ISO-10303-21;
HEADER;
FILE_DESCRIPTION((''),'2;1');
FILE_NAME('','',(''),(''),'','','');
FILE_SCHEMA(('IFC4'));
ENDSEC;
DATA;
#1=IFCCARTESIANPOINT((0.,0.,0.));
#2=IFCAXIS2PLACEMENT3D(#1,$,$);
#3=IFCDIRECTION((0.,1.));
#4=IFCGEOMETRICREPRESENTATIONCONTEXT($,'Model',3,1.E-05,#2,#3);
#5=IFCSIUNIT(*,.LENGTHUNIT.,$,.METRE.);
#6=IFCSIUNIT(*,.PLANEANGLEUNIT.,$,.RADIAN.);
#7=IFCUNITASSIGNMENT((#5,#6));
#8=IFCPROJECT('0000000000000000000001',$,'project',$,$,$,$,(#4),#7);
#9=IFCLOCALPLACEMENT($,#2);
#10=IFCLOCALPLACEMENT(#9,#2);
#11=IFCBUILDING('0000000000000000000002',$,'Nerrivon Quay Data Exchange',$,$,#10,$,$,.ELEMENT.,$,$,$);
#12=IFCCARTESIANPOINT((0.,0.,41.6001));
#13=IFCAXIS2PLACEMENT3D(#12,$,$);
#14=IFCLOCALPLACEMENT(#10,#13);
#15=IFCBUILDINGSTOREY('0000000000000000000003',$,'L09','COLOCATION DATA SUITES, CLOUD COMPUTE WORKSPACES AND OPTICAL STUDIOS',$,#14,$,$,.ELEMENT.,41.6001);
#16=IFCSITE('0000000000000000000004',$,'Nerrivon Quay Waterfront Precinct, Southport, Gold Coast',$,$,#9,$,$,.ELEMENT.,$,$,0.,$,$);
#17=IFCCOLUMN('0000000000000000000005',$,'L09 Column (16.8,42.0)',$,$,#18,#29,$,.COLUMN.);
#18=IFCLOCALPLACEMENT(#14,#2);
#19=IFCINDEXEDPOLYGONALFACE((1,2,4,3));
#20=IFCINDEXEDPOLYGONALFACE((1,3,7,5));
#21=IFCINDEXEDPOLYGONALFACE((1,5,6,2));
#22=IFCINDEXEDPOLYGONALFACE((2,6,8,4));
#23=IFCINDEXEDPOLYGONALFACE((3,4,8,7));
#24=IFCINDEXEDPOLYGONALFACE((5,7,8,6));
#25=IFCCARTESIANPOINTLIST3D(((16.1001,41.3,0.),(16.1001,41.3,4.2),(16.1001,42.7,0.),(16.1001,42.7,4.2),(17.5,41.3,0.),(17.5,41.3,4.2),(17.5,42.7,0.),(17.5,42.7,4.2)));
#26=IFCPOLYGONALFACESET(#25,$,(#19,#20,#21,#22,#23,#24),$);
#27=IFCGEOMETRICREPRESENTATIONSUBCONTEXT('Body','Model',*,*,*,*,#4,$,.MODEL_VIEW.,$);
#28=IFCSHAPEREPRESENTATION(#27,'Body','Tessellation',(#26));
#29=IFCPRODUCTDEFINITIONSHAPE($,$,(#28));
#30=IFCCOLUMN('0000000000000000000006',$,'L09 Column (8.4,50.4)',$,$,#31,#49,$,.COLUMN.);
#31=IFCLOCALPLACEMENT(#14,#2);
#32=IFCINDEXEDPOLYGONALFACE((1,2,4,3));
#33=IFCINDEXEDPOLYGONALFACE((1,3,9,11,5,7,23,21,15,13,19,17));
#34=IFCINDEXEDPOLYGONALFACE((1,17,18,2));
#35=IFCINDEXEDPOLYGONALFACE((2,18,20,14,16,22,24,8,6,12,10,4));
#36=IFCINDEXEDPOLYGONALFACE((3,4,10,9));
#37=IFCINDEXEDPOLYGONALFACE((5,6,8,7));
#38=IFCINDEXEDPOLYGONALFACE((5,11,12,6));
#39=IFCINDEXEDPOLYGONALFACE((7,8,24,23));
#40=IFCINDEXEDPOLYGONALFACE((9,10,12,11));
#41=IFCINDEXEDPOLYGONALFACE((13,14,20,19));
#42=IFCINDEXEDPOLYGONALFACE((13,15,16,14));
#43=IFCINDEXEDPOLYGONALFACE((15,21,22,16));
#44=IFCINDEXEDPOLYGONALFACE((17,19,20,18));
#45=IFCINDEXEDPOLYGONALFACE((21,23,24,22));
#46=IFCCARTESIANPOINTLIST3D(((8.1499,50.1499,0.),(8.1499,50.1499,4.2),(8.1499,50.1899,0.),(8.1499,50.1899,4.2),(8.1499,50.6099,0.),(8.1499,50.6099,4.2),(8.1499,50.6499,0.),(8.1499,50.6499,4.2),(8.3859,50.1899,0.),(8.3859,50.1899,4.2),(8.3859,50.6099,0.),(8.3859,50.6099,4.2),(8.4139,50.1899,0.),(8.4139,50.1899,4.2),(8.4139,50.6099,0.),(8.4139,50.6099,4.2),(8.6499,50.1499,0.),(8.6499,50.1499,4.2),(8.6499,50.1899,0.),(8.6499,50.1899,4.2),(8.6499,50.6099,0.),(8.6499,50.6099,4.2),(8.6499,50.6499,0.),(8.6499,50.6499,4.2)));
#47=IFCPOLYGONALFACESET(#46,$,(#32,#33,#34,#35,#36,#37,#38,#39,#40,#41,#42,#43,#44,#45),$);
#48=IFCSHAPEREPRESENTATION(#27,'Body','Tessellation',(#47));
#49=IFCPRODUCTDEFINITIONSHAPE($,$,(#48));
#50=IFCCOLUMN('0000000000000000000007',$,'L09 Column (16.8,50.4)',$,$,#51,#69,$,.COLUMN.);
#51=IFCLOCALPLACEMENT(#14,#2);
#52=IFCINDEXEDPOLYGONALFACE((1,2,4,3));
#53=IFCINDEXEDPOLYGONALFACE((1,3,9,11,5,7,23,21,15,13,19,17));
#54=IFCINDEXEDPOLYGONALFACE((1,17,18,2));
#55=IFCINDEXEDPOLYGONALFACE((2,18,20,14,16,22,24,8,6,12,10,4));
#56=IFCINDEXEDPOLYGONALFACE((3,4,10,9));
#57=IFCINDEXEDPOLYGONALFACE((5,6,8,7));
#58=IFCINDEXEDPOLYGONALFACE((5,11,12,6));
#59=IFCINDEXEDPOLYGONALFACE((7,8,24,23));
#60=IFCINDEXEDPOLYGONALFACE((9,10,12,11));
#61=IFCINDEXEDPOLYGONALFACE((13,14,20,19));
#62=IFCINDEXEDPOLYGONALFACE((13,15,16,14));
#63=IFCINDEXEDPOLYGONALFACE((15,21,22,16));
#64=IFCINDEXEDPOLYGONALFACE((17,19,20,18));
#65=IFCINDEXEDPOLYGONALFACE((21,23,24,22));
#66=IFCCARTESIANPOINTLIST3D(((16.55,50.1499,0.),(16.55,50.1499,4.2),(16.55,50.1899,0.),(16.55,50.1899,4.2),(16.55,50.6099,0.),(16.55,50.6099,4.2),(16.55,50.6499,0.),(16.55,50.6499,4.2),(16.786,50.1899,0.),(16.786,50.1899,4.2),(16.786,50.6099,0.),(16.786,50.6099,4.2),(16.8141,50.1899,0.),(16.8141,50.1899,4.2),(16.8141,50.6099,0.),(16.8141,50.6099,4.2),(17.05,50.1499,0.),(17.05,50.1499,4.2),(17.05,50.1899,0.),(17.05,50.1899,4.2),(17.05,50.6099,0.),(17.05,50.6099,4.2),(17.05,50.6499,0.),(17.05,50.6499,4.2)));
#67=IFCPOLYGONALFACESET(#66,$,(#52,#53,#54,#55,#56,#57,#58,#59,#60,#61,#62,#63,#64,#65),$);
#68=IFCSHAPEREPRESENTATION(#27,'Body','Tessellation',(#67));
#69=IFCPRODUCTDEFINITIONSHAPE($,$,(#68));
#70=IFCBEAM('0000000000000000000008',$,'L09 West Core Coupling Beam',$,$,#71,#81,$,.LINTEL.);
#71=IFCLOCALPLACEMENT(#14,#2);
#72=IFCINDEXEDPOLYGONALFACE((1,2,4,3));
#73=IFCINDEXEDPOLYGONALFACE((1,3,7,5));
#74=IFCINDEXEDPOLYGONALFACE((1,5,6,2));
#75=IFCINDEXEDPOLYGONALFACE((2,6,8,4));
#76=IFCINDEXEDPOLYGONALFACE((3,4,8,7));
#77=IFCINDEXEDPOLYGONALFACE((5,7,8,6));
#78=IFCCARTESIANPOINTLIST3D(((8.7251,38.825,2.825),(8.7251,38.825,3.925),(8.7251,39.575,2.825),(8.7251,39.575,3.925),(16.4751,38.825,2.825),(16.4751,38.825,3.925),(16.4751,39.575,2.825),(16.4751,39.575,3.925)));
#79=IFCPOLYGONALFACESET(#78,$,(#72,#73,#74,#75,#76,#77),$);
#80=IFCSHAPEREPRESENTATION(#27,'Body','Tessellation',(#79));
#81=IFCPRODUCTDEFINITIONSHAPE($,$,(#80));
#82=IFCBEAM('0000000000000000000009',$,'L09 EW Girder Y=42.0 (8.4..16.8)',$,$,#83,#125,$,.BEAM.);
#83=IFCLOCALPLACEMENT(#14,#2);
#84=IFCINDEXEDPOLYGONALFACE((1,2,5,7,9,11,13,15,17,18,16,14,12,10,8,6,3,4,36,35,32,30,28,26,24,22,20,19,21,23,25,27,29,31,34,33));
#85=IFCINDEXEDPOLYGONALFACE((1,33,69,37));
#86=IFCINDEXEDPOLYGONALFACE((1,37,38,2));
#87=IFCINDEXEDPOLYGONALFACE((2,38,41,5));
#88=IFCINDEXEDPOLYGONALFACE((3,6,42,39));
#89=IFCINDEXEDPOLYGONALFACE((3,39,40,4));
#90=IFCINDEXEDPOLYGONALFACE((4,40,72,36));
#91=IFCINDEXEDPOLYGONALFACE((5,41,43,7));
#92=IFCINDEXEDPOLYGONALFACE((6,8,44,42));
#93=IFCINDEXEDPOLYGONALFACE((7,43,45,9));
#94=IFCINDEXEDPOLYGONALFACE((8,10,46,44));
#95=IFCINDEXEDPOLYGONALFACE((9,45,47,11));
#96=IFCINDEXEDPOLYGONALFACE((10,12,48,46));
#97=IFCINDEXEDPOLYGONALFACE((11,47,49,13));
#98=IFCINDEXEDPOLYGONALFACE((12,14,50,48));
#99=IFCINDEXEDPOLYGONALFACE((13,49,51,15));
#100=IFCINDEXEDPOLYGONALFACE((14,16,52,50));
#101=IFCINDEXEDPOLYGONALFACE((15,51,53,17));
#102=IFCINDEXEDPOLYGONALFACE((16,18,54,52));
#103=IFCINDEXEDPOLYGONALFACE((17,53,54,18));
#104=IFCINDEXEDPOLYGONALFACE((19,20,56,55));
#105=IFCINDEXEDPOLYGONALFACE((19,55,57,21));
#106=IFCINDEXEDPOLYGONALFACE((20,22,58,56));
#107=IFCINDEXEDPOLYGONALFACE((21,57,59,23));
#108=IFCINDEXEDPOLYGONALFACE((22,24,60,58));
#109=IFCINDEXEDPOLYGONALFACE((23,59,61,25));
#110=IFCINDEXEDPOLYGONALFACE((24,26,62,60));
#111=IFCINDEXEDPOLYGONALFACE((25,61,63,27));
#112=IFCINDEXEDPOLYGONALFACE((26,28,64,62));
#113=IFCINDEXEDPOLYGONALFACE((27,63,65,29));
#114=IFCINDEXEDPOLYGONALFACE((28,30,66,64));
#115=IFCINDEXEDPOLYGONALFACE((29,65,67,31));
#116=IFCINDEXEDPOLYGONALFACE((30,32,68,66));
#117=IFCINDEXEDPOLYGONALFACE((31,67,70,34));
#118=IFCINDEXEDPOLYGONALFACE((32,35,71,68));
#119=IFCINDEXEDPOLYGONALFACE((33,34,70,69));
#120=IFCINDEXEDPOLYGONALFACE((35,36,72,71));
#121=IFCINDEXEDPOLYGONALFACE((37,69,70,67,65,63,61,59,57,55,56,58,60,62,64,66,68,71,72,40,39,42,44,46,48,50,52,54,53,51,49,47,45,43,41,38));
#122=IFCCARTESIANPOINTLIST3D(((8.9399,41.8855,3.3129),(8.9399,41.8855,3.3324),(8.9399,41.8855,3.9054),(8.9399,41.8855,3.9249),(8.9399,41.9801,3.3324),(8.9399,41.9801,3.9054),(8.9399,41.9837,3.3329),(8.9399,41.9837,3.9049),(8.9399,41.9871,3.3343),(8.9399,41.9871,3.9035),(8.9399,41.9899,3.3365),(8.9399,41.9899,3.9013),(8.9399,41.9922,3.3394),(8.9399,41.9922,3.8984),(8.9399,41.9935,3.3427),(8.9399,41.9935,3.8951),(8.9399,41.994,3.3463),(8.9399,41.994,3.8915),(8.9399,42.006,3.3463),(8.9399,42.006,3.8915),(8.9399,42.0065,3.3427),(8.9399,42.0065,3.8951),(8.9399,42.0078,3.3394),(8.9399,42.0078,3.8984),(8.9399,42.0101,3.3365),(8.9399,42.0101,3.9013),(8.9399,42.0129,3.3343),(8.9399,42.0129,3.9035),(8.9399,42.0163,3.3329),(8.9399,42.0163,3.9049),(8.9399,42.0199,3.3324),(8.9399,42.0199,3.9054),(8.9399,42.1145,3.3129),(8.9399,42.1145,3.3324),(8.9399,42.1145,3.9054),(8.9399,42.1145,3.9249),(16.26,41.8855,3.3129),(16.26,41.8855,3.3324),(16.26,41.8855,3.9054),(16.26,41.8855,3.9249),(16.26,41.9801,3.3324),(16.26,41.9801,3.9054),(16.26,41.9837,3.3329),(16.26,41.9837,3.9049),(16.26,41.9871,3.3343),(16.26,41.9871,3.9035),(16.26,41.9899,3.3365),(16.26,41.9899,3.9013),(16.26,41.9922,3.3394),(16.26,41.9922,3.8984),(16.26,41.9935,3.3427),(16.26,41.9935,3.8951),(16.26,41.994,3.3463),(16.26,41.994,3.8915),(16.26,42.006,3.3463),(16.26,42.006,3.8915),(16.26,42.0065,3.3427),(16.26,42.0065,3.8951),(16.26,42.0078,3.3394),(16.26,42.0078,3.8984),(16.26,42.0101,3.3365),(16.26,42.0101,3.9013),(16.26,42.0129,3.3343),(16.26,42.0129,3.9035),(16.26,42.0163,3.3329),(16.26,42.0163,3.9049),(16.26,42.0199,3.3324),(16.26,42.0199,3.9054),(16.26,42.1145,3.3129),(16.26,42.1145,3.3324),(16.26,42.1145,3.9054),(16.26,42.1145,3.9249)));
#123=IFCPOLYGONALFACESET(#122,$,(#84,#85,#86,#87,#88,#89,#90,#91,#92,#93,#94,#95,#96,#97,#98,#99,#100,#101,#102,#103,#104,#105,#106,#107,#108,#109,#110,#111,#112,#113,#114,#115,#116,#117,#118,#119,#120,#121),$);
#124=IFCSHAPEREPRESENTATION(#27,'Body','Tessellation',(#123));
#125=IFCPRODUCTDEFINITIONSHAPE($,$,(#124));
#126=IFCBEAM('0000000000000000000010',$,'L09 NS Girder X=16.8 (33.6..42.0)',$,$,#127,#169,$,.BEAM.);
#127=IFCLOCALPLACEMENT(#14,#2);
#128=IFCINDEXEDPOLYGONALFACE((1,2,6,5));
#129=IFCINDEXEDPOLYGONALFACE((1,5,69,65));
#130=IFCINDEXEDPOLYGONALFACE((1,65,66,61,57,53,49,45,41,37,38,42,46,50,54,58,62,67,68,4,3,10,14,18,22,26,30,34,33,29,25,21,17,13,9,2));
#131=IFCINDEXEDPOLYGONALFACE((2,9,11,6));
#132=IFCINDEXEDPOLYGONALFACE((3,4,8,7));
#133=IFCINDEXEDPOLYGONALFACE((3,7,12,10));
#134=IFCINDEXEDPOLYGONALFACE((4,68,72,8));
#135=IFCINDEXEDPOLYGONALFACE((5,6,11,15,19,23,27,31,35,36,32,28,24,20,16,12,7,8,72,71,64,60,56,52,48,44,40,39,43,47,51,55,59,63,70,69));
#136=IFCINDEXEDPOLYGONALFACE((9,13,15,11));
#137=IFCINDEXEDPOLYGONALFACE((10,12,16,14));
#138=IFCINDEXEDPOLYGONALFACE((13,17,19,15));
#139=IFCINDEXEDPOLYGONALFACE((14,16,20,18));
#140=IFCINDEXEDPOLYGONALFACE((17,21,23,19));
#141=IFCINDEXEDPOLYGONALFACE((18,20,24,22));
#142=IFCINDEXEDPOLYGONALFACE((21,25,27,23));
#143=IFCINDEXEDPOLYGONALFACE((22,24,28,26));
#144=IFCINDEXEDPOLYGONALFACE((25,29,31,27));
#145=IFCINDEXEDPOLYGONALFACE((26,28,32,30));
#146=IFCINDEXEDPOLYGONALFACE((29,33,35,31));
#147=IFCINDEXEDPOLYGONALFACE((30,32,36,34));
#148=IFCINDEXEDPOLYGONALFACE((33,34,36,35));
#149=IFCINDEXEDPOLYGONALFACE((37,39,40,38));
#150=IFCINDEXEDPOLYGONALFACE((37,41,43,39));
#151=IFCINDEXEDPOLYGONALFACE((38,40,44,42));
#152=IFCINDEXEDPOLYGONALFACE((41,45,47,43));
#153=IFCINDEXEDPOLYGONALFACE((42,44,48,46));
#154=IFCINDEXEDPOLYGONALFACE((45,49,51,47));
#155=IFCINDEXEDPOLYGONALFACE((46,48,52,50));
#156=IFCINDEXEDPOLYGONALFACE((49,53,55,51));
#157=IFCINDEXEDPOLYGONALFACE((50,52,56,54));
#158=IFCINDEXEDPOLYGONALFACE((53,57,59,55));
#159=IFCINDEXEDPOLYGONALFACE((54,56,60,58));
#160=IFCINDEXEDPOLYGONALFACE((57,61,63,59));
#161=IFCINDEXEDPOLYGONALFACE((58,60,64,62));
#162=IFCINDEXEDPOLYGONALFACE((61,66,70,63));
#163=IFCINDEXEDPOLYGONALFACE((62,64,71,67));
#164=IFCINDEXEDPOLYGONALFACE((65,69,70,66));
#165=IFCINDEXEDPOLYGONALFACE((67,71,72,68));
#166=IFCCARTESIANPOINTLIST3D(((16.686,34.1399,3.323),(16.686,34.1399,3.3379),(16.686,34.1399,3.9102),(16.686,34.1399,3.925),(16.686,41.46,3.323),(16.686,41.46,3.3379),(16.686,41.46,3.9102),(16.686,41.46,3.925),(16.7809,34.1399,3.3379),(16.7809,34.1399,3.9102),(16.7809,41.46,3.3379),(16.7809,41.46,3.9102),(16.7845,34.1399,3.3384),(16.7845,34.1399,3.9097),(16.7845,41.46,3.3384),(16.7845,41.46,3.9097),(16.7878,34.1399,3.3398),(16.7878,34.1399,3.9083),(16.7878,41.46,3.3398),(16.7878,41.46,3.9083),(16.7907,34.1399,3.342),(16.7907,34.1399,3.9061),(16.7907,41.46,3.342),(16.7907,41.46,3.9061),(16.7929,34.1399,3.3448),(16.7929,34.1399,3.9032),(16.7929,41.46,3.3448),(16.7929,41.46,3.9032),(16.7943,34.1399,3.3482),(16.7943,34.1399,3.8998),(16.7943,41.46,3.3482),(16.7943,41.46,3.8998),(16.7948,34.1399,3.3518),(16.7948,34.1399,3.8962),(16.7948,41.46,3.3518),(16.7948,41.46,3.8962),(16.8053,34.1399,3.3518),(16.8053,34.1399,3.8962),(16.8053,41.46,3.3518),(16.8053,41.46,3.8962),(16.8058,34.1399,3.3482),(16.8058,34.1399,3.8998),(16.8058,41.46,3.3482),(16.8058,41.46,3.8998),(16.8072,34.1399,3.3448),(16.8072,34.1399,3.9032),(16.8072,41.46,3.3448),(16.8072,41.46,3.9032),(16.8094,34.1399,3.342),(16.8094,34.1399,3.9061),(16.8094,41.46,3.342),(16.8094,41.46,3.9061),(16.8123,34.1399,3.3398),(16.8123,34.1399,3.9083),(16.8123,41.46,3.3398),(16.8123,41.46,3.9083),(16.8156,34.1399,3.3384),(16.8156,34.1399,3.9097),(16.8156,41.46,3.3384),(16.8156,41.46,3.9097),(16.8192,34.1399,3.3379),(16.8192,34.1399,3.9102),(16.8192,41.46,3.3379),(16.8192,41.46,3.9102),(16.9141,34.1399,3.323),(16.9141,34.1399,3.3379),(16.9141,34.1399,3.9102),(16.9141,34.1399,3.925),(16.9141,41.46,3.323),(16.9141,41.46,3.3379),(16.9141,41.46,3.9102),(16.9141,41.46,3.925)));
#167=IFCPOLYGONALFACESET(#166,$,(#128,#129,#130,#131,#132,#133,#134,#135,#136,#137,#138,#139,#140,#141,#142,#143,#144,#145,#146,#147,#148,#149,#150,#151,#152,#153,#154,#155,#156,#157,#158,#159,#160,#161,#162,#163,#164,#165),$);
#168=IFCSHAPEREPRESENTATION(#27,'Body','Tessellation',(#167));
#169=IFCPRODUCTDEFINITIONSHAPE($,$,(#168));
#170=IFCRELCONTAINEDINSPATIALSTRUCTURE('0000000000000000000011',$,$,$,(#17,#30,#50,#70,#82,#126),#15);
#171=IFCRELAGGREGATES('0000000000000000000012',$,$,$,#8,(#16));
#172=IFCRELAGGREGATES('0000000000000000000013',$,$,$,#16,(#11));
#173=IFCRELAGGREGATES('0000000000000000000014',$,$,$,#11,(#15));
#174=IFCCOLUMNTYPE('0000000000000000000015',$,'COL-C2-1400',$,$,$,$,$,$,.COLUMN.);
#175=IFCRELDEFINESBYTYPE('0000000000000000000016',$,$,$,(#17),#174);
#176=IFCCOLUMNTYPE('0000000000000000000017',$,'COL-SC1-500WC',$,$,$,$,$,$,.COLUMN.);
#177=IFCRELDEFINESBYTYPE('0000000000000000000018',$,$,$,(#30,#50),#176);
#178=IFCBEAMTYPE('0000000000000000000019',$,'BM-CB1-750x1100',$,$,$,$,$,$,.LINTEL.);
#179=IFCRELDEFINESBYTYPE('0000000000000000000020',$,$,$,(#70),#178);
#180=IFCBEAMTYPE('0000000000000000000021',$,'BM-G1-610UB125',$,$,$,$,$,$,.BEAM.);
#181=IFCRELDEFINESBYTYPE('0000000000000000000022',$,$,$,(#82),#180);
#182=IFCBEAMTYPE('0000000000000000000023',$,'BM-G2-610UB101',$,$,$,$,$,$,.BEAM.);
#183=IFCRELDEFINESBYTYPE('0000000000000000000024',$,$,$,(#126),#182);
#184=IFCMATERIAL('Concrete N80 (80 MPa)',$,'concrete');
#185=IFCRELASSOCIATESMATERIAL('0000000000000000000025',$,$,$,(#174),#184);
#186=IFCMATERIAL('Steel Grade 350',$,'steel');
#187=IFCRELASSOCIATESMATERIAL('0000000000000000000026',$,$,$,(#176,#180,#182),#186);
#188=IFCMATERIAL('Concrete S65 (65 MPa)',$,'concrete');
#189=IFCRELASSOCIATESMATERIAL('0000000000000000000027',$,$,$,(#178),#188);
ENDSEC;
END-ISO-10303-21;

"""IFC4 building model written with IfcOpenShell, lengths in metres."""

from ifc_helpers import new_model, si_unit, direction, frame, origin, origin_2d, place, context, subcontext, project, spatial, rectangle, i_section, extrude, material, material_profile, profile_set, type_object, element, save


model = new_model("IFC4")

# Units and contexts
model_context = context("Model", 3, precision=1e-05, world=origin(), true_north=direction((0.0, 1.0)))
body_context = subcontext(model_context, "Body", "Model", "MODEL_VIEW")
ifc_project = project(units=[si_unit("LENGTHUNIT", "METRE"), si_unit("PLANEANGLEUNIT", "RADIAN")], contexts=[model_context])

# Site, building, storey
site_placement = place(None, origin())
site = spatial("IfcSite", under=ifc_project, at=site_placement, Name="Nerrivon Quay Waterfront Precinct, Southport, Gold Coast", CompositionType="ELEMENT", RefElevation=0.0)
building_placement = place(site_placement, origin())
building = spatial("IfcBuilding", under=site, at=building_placement, Name="Nerrivon Quay Data Exchange", CompositionType="ELEMENT")
storey_placement = place(building_placement, frame((0.0, 0.0, 41.6001)))
storey = spatial("IfcBuildingStorey", under=building, at=storey_placement, Name="L09", Description="COLOCATION DATA SUITES, CLOUD COMPUTE WORKSPACES AND OPTICAL STUDIOS", CompositionType="ELEMENT", Elevation=41.6001)

# Columns
ifc_material_1 = material(Name="Concrete N80 (80 MPa)", Category="concrete")
ifc_material_profile_1 = material_profile(ifc_material_1, rectangle(XDim=1.3999, YDim=1.3999, at=origin_2d()), Name="RC-COL-1400x1400")
ifc_profile_set_1 = profile_set([ifc_material_profile_1], Name="Concrete N80 (80 MPa)")
column_type_1 = type_object("IfcColumnType", Name="COL-C2-1400", PredefinedType="COLUMN", material=ifc_profile_set_1)
column_placement = place(storey_placement, frame((16.8, 42.0, 0.0), z_axis=(0.0, 0.0, 1.0), x_axis=(1.0, 0.0, 0.0)))
element("IfcColumn", 1, at=column_placement, inside=storey, type_object=column_type_1, Name="L09 Column (16.8,42.0)", PredefinedType="COLUMN", context=body_context, shape_type="SweptSolid", body=[
    extrude(rectangle(XDim=1.3999, YDim=1.3999, at=origin_2d()), origin(), (0.0, 0.0, 1.0), 4.2),
])
ifc_material_2 = material(Name="Steel Grade 350", Category="steel")
ifc_material_profile_2 = material_profile(ifc_material_2, i_section(OverallWidth=0.5, OverallDepth=0.5, WebThickness=0.0281, FlangeThickness=0.04, at=origin_2d()), Name="500WC440")
ifc_profile_set_2 = profile_set([ifc_material_profile_2], Name="Steel Grade 350")
column_type_2 = type_object("IfcColumnType", Name="COL-SC1-500WC", PredefinedType="COLUMN", material=ifc_profile_set_2)
for number, where, z_axis, x_axis, name in (
    (2, (8.3999, 50.3999, 0.0), (0.0, 0.0, 1.0), (1.0, 0.0, 0.0), "L09 Column (8.4,50.4)"),
    (3, (16.8, 50.3999, 0.0), (0.0, 0.0, 1.0), (1.0, 0.0, 0.0), "L09 Column (16.8,50.4)"),
):
    element("IfcColumn", number, at=place(storey_placement, frame(where, z_axis=z_axis, x_axis=x_axis)), inside=storey, type_object=column_type_2, Name=name, PredefinedType="COLUMN", context=body_context, shape_type="SweptSolid", body=[
        extrude(i_section(OverallWidth=0.5, OverallDepth=0.5, WebThickness=0.0281, FlangeThickness=0.04, at=origin_2d()), origin(), (0.0, 0.0, 1.0), 4.2),
    ])

# Beams
ifc_material_3 = material(Name="Concrete S65 (65 MPa)", Category="concrete")
ifc_material_profile_3 = material_profile(ifc_material_3, rectangle(XDim=0.75, YDim=1.1001, at=origin_2d()), Name="RC-CB-750x1100")
ifc_profile_set_3 = profile_set([ifc_material_profile_3], Name="Concrete S65 (65 MPa)")
beam_type_1 = type_object("IfcBeamType", Name="BM-CB1-750x1100", PredefinedType="LINTEL", material=ifc_profile_set_3)
beam_1_placement = place(storey_placement, frame((8.7251, 39.2, 3.375), z_axis=(1.0, 0.0, 0.0), x_axis=(0.0, 1.0, 0.0)))
element("IfcBeam", 4, at=beam_1_placement, inside=storey, type_object=beam_type_1, Name="L09 West Core Coupling Beam", PredefinedType="LINTEL", context=body_context, shape_type="SweptSolid", body=[
    extrude(rectangle(XDim=0.75, YDim=1.1001, at=origin_2d()), origin(), (0.0, 0.0, 1.0), 7.75),
])
ifc_material_profile_4 = material_profile(ifc_material_2, i_section(OverallWidth=0.229, OverallDepth=0.6121, WebThickness=0.012, FlangeThickness=0.0195, FilletRadius=0.0139, at=origin_2d()), Name="610UB125")
ifc_profile_set_4 = profile_set([ifc_material_profile_4], Name="Steel Grade 350")
beam_type_2 = type_object("IfcBeamType", Name="BM-G1-610UB125", PredefinedType="BEAM", material=ifc_profile_set_4)
beam_2_placement = place(storey_placement, frame((8.9399, 42.0, 3.6189), z_axis=(1.0, 0.0, 0.0), x_axis=(0.0, 1.0, 0.0)))
element("IfcBeam", 5, at=beam_2_placement, inside=storey, type_object=beam_type_2, Name="L09 EW Girder Y=42.0 (8.4..16.8)", PredefinedType="BEAM", context=body_context, shape_type="SweptSolid", body=[
    extrude(i_section(OverallWidth=0.229, OverallDepth=0.6121, WebThickness=0.012, FlangeThickness=0.0195, FilletRadius=0.0139, at=origin_2d()), origin(), (0.0, 0.0, 1.0), 7.3201),
])
ifc_material_profile_5 = material_profile(ifc_material_2, i_section(OverallWidth=0.228, OverallDepth=0.6021, WebThickness=0.0105, FlangeThickness=0.0149, FilletRadius=0.0139, at=origin_2d()), Name="610UB101")
ifc_profile_set_5 = profile_set([ifc_material_profile_5], Name="Steel Grade 350")
beam_type_3 = type_object("IfcBeamType", Name="BM-G2-610UB101", PredefinedType="BEAM", material=ifc_profile_set_5)
beam_3_placement = place(storey_placement, frame((16.8, 34.1399, 3.624), z_axis=(0.0, 1.0, 0.0), x_axis=(-1.0, 0.0, 0.0)))
element("IfcBeam", 6, at=beam_3_placement, inside=storey, type_object=beam_type_3, Name="L09 NS Girder X=16.8 (33.6..42.0)", PredefinedType="BEAM", context=body_context, shape_type="SweptSolid", body=[
    extrude(i_section(OverallWidth=0.228, OverallDepth=0.6021, WebThickness=0.0105, FlangeThickness=0.0149, FilletRadius=0.0139, at=origin_2d()), origin(), (0.0, 0.0, 1.0), 7.3201),
])

save(model, "model.ifc")
